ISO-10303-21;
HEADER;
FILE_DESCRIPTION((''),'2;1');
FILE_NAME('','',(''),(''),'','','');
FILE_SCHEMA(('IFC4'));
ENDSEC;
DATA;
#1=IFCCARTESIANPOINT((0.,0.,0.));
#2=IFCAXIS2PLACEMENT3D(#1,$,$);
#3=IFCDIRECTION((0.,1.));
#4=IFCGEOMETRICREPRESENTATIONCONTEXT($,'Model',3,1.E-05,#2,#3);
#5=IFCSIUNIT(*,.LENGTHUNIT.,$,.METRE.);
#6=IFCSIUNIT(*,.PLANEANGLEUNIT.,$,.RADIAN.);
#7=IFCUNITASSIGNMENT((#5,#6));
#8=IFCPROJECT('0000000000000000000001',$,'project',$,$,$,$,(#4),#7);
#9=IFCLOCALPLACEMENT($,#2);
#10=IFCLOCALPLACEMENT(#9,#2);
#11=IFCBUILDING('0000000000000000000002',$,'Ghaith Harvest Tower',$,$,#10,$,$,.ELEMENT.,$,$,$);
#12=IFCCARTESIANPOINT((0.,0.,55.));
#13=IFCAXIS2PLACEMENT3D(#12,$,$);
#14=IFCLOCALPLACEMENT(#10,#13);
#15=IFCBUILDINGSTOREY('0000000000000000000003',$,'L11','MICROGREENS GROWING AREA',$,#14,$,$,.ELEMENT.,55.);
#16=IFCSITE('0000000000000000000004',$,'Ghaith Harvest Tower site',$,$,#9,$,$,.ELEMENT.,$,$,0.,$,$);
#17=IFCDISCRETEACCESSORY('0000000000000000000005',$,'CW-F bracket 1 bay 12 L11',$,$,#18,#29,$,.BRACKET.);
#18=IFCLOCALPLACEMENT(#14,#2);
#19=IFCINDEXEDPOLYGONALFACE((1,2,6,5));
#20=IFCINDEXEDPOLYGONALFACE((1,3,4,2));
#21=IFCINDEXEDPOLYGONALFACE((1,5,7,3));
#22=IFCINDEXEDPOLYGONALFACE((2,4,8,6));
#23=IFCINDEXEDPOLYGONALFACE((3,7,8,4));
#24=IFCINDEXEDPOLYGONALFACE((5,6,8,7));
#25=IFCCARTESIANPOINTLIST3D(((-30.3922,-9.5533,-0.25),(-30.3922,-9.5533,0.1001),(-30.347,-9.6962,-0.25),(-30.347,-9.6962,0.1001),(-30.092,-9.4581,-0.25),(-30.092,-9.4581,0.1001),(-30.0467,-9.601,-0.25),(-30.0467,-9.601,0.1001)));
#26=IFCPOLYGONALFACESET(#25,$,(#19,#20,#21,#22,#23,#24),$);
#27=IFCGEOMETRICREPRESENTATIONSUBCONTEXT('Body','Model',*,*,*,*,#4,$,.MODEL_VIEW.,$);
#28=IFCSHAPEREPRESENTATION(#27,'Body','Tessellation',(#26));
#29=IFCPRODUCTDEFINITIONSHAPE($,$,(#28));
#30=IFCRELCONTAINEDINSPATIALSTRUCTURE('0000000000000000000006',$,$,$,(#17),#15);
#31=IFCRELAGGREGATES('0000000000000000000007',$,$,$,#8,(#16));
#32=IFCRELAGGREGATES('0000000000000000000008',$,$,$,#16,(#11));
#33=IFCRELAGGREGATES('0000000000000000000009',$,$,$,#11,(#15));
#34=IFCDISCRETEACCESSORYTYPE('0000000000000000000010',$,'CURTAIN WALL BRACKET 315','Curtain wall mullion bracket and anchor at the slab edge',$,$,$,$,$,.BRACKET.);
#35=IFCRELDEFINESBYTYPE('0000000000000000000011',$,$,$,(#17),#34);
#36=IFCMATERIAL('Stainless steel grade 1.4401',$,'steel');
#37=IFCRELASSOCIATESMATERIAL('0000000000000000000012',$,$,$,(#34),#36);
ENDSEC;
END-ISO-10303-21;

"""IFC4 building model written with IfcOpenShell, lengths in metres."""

from ifc_helpers import new_model, si_unit, direction, frame, origin, origin_2d, place, context, subcontext, project, spatial, rectangle, extrude, material, type_object, element, save


model = new_model("IFC4")

# Units and contexts
model_context = context("Model", 3, precision=1e-05, world=origin(), true_north=direction((0.0, 1.0)))
body_context = subcontext(model_context, "Body", "Model", "MODEL_VIEW")
ifc_project = project(units=[si_unit("LENGTHUNIT", "METRE"), si_unit("PLANEANGLEUNIT", "RADIAN")], contexts=[model_context])

# Site, building, storey
site_placement = place(None, origin())
site = spatial("IfcSite", under=ifc_project, at=site_placement, Name="Ghaith Harvest Tower site", CompositionType="ELEMENT", RefElevation=0.0)
building_placement = place(site_placement, origin())
building = spatial("IfcBuilding", under=site, at=building_placement, Name="Ghaith Harvest Tower", CompositionType="ELEMENT")
storey_placement = place(building_placement, frame((0.0, 0.0, 55.0)))
storey = spatial("IfcBuildingStorey", under=building, at=storey_placement, Name="L11", Description="MICROGREENS GROWING AREA", CompositionType="ELEMENT", Elevation=55.0)

# Discrete accessory
ifc_material_1 = material(Name="Stainless steel grade 1.4401", Category="steel")
discrete_accessory_type = type_object("IfcDiscreteAccessoryType", Name="CURTAIN WALL BRACKET 315", Description="Curtain wall mullion bracket and anchor at the slab edge", PredefinedType="BRACKET", material=ifc_material_1)
discrete_accessory_placement = place(storey_placement, frame((-30.2195, -9.5771, -0.25), z_axis=(0.0, 0.0, 1.0), x_axis=(-0.953273, -0.30211, 0.0)))
element("IfcDiscreteAccessory", 1, at=discrete_accessory_placement, inside=storey, type_object=discrete_accessory_type, Name="CW-F bracket 1 bay 12 L11", PredefinedType="BRACKET", context=body_context, shape_type="SweptSolid", body=[
    extrude(rectangle(XDim=0.3149, YDim=0.1499, at=origin_2d()), origin(), (0.0, 0.0, 1.0), 0.3501),
])

save(model, "model.ifc")
